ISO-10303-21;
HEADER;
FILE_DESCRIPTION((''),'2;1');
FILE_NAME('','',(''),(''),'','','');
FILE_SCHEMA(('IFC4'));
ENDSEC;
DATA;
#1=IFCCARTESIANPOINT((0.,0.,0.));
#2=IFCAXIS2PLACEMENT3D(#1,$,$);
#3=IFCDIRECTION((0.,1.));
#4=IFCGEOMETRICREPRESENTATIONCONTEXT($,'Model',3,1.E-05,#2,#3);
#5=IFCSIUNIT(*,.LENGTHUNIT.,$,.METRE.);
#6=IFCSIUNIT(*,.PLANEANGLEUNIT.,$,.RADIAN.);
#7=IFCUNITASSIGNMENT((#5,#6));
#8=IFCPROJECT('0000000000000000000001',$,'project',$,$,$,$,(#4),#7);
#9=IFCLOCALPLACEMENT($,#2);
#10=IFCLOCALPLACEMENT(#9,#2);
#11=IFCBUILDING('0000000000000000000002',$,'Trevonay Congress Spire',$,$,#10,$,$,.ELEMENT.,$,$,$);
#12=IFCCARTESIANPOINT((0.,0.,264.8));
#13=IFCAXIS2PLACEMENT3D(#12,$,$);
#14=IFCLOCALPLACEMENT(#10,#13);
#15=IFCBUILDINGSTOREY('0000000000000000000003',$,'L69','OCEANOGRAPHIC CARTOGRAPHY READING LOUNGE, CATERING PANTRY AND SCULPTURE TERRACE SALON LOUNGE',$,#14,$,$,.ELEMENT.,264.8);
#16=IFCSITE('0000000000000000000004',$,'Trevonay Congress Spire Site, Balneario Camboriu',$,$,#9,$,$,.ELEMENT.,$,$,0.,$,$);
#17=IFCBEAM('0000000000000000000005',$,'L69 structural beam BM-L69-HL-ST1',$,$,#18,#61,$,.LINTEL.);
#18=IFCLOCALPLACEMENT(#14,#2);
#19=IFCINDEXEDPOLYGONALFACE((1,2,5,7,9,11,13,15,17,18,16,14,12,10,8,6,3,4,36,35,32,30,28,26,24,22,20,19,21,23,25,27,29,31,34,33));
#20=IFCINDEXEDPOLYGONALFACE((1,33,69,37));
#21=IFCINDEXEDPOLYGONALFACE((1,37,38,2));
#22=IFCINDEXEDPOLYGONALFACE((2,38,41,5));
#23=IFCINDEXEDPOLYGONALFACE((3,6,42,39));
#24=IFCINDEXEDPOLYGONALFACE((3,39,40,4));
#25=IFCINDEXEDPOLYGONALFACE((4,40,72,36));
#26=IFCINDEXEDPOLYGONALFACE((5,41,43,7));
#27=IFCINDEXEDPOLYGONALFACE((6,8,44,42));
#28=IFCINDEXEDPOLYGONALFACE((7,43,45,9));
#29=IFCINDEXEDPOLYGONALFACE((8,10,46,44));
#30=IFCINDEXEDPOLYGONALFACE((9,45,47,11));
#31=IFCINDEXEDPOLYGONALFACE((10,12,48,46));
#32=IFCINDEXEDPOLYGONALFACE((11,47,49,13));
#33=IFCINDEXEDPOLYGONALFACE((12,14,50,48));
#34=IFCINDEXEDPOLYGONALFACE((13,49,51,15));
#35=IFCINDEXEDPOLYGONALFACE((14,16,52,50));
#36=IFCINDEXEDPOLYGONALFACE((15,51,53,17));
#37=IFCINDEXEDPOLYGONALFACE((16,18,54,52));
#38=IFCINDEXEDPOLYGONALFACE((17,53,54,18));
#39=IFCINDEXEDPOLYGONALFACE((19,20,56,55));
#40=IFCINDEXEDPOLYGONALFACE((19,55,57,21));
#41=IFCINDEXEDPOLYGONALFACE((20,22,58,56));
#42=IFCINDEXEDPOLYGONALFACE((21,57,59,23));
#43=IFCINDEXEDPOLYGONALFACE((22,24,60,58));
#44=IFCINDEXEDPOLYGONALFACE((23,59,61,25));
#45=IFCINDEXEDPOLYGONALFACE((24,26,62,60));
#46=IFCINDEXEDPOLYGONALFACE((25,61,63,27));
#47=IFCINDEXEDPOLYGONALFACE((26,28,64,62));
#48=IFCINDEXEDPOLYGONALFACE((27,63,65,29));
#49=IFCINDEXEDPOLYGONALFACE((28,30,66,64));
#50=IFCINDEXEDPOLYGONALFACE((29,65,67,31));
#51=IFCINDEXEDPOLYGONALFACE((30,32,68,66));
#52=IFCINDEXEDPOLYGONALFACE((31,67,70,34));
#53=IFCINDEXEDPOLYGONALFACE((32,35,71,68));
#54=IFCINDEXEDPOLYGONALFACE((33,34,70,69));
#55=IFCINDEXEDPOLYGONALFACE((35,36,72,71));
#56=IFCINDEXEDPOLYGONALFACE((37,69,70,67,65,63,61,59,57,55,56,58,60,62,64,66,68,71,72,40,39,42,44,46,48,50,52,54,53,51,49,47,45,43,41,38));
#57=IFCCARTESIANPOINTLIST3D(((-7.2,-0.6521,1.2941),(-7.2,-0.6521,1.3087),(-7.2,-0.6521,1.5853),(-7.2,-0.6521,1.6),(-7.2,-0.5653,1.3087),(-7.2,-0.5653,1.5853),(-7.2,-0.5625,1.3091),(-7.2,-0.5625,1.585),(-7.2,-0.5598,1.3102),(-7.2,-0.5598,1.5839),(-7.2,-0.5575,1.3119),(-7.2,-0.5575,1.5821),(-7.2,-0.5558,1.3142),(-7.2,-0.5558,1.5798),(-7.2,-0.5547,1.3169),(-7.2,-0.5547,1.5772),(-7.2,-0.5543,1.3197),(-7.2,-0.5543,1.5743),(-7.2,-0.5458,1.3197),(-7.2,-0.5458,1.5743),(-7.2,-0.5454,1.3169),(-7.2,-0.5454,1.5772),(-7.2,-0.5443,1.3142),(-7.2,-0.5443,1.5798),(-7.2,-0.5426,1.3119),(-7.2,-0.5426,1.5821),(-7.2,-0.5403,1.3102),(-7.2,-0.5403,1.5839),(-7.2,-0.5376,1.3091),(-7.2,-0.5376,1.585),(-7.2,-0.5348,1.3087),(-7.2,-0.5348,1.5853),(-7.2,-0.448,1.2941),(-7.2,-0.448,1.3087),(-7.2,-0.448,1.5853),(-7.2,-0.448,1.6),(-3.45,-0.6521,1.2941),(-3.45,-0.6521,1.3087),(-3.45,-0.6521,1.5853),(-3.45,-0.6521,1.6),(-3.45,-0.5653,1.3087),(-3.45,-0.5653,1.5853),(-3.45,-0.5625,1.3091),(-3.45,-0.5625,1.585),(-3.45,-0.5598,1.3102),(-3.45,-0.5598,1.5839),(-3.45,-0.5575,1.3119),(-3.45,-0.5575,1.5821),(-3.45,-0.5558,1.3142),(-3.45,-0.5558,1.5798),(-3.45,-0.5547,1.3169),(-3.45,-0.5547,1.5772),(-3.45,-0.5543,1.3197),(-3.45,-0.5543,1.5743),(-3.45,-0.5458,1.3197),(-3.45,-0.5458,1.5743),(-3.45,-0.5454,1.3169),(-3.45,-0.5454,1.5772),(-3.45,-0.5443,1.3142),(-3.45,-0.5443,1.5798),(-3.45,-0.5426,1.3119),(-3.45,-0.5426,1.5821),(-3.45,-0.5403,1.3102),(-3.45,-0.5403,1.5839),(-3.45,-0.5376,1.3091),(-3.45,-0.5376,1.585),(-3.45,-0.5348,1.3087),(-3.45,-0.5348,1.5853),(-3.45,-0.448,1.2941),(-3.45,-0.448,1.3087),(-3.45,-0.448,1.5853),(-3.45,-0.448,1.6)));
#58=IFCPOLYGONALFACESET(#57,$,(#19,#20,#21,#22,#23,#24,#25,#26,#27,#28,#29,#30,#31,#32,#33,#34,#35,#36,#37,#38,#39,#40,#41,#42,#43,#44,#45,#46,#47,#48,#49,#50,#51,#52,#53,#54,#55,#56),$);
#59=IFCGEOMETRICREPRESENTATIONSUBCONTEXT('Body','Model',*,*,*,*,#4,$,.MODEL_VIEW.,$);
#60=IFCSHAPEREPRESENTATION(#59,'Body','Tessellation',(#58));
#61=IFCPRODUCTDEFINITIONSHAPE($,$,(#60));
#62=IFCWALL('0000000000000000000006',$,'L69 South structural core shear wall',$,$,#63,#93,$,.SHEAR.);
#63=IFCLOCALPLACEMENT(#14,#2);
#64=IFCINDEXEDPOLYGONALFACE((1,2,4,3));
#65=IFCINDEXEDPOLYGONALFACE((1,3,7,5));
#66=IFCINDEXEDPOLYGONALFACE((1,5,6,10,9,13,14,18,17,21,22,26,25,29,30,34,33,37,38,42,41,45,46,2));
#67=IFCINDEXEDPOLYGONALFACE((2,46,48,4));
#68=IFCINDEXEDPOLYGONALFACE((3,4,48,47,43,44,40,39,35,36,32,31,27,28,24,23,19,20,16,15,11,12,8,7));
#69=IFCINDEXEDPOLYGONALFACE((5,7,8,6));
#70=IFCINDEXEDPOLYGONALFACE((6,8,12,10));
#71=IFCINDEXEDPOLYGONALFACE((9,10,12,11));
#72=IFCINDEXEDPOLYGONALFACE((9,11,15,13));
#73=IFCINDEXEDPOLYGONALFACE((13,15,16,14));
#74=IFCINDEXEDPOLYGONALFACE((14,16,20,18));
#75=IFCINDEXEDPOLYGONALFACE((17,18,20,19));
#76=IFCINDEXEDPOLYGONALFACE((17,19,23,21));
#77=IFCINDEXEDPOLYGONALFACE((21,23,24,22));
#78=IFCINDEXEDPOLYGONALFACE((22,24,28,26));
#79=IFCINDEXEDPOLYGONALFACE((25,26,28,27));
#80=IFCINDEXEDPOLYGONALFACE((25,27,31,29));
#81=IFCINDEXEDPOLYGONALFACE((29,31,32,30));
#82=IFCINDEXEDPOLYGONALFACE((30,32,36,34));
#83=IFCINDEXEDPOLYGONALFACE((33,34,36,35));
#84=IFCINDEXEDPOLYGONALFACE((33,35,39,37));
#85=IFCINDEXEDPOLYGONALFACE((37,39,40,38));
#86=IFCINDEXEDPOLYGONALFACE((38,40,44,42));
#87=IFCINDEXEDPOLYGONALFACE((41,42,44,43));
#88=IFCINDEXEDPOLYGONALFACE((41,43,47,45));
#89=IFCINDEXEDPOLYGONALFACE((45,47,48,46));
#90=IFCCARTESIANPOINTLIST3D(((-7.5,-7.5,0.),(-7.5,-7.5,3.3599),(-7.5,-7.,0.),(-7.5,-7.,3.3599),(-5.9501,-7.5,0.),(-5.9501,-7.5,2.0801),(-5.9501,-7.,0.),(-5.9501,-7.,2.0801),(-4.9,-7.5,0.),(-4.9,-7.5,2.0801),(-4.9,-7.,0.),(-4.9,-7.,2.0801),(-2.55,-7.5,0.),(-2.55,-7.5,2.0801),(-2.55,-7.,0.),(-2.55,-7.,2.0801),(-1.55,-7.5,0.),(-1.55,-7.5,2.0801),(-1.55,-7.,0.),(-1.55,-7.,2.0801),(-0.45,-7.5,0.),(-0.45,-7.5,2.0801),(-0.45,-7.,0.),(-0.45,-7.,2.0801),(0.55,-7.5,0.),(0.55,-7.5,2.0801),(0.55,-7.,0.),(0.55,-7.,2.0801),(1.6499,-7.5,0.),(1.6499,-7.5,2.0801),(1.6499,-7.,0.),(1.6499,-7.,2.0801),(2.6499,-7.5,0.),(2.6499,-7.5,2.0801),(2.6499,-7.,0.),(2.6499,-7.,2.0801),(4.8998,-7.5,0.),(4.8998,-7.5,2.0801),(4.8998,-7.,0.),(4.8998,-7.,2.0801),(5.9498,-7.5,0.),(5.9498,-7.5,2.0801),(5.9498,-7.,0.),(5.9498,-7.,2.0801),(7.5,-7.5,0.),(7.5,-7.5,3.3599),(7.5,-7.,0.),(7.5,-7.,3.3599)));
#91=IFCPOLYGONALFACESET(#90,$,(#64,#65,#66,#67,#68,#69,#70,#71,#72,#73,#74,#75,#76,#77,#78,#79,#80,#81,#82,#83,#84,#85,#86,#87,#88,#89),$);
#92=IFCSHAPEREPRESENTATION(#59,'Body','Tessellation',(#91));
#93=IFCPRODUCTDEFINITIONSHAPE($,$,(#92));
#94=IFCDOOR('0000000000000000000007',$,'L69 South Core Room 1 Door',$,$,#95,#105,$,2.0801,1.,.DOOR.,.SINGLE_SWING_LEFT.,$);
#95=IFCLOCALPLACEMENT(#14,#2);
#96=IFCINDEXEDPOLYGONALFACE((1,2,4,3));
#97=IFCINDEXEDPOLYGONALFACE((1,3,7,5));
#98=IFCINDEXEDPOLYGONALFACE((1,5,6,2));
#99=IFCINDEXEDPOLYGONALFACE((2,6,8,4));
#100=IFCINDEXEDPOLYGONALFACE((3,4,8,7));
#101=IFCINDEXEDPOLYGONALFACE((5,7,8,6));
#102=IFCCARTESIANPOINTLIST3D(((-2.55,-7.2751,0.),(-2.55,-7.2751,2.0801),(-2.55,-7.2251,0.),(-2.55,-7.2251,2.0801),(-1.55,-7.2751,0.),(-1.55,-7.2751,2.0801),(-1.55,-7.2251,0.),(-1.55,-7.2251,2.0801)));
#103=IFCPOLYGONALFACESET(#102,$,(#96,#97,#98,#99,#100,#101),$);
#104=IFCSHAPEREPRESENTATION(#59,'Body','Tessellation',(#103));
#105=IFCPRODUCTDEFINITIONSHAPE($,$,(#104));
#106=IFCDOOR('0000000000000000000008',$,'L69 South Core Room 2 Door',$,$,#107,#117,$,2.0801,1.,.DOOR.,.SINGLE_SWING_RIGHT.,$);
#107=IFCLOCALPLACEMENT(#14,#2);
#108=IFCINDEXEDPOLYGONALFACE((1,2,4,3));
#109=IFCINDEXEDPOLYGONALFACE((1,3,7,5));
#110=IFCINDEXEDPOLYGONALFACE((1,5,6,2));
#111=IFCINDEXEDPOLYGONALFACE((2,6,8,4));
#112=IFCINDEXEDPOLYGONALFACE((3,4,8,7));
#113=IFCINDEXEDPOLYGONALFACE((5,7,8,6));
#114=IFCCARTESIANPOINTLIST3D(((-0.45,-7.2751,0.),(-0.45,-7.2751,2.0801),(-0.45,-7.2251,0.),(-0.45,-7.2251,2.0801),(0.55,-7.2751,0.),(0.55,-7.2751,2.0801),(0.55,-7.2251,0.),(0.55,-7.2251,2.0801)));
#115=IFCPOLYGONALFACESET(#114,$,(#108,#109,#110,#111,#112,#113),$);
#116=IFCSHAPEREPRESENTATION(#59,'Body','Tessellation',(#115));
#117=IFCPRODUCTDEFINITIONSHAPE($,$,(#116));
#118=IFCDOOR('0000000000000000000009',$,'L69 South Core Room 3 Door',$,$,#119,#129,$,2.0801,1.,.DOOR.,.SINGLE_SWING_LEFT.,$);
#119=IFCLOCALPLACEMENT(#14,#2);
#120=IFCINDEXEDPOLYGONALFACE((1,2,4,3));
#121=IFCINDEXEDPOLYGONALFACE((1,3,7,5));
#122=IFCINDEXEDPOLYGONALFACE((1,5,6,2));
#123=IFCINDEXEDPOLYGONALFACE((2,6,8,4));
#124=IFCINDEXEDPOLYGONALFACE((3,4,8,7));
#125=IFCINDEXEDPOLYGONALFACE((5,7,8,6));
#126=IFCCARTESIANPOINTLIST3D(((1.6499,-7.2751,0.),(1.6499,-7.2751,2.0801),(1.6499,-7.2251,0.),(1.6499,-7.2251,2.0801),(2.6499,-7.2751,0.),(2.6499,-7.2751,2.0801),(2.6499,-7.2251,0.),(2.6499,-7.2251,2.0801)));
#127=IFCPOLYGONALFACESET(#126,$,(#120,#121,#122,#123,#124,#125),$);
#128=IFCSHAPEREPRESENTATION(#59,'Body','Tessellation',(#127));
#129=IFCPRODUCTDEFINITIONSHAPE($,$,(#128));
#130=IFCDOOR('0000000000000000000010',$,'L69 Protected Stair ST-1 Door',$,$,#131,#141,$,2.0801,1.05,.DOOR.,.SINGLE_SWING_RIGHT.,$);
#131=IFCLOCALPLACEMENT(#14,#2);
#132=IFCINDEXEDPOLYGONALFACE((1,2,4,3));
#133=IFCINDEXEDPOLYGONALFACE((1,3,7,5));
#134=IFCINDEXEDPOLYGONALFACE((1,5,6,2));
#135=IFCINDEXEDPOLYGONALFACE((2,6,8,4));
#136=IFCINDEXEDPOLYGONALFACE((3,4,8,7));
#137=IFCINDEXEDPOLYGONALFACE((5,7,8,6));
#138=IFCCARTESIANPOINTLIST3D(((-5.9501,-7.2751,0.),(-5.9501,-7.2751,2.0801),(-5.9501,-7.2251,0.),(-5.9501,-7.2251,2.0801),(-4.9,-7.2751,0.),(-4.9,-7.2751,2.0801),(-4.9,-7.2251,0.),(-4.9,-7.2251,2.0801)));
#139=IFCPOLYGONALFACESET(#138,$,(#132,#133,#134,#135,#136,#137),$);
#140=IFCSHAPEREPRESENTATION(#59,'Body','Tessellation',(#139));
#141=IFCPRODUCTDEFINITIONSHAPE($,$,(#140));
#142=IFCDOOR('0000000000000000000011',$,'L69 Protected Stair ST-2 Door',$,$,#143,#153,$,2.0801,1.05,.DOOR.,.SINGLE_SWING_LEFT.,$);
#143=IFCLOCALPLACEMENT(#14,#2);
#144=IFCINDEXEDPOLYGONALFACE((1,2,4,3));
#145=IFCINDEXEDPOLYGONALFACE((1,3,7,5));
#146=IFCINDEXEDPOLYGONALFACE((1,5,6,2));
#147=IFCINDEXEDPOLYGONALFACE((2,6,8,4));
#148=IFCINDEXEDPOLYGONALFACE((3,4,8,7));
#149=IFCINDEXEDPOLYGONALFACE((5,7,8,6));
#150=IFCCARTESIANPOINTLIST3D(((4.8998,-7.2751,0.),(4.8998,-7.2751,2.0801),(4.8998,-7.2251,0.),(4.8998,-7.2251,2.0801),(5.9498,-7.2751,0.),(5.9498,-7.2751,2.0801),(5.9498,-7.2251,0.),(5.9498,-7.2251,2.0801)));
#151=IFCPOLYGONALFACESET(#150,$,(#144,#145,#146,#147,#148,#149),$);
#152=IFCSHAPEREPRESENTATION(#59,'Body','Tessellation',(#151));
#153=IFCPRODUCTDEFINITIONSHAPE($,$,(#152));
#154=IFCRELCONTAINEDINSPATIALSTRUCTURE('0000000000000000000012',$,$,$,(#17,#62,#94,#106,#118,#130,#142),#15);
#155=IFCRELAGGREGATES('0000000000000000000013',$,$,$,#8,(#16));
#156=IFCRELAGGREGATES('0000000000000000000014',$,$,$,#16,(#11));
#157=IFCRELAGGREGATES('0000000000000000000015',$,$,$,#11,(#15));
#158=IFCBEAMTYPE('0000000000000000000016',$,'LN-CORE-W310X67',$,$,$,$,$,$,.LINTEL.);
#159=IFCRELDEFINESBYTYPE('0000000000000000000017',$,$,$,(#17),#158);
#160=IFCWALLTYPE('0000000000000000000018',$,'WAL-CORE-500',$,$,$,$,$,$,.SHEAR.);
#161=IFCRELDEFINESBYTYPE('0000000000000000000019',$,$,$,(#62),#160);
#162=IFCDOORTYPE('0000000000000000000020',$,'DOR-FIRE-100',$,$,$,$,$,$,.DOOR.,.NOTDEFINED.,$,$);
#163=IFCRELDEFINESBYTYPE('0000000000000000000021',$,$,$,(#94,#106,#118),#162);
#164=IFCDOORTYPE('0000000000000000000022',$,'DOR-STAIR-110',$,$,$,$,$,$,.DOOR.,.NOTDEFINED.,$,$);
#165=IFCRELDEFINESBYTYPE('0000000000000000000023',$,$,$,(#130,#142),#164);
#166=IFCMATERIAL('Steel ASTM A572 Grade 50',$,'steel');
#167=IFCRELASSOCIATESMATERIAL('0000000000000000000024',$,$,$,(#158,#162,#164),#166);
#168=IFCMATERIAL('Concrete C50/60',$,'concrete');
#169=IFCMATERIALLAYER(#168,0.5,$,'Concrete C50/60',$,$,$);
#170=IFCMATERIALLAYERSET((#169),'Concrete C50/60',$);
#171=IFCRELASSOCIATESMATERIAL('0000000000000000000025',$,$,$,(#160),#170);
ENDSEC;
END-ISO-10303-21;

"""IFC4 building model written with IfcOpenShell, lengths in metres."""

from ifc_helpers import new_model, si_unit, direction, frame, frame_2d, origin, origin_2d, place, context, subcontext, project, spatial, rectangle, i_section, extrude, material, layer, layer_set, material_profile, profile_set, type_object, element, fill, save


model = new_model("IFC4")

# Units and contexts
model_context = context("Model", 3, precision=1e-05, world=origin(), true_north=direction((0.0, 1.0)))
body_context = subcontext(model_context, "Body", "Model", "MODEL_VIEW")
ifc_project = project(units=[si_unit("LENGTHUNIT", "METRE"), si_unit("PLANEANGLEUNIT", "RADIAN")], contexts=[model_context])

# Site, building, storey
site_placement = place(None, origin())
site = spatial("IfcSite", under=ifc_project, at=site_placement, Name="Trevonay Congress Spire Site, Balneario Camboriu", CompositionType="ELEMENT", RefElevation=0.0)
building_placement = place(site_placement, origin())
building = spatial("IfcBuilding", under=site, at=building_placement, Name="Trevonay Congress Spire", CompositionType="ELEMENT")
storey_placement = place(building_placement, frame((0.0, 0.0, 264.8)))
storey = spatial("IfcBuildingStorey", under=building, at=storey_placement, Name="L69", Description="OCEANOGRAPHIC CARTOGRAPHY READING LOUNGE, CATERING PANTRY AND SCULPTURE TERRACE SALON LOUNGE", CompositionType="ELEMENT", Elevation=264.8)

# Shared definitions
ifc_material_1 = material(Name="Steel ASTM A572 Grade 50", Category="steel")

# Beam
ifc_material_profile_1 = material_profile(ifc_material_1, i_section(OverallWidth=0.2041, OverallDepth=0.3059, WebThickness=0.0085, FlangeThickness=0.0146, FilletRadius=0.011, at=origin_2d()), Name="W310x67")
ifc_profile_set_1 = profile_set([ifc_material_profile_1], Name="Steel ASTM A572 Grade 50")
beam_type_1 = type_object("IfcBeamType", Name="LN-CORE-W310X67", PredefinedType="LINTEL", material=ifc_profile_set_1)
beam_1_placement = place(storey_placement, frame((-7.2, -0.55, 1.447), z_axis=(1.0, 0.0, 0.0), x_axis=(0.0, 1.0, 0.0)))
element("IfcBeam", 1, at=beam_1_placement, inside=storey, type_object=beam_type_1, Name="L69 structural beam BM-L69-HL-ST1", PredefinedType="LINTEL", context=body_context, shape_type="SweptSolid", body=[
    extrude(i_section(OverallWidth=0.2041, OverallDepth=0.3059, WebThickness=0.0085, FlangeThickness=0.0146, FilletRadius=0.011, at=origin_2d()), origin(), (0.0, 0.0, 1.0), 3.75),
])

# Wall, openings, doors
ifc_material_2 = material(Name="Concrete C50/60", Category="concrete")
ifc_layer_1 = layer(ifc_material_2, 0.5, Name="Concrete C50/60")
ifc_layer_set_1 = layer_set([ifc_layer_1], Name="Concrete C50/60")
wall_type_1 = type_object("IfcWallType", Name="WAL-CORE-500", PredefinedType="SHEAR", material=ifc_layer_set_1)
wall_1_placement = place(storey_placement, frame((-7.5, -7.25, 0.0), z_axis=(0.0, 0.0, 1.0), x_axis=(1.0, 0.0, 0.0)))
wall_1 = element("IfcWall", 2, at=wall_1_placement, inside=storey, type_object=wall_type_1, Name="L69 South structural core shear wall", PredefinedType="SHEAR", context=body_context, shape_type="SweptSolid", body=[
    extrude(rectangle(XDim=15.0, YDim=0.5, at=frame_2d((7.5, 0.0))), origin(), (0.0, 0.0, 1.0), 3.3599),
])
opening_1_placement = place(wall_1_placement, frame((1.55, 0.0, 0.0)))
opening_1 = element("IfcOpeningElement", 3, at=opening_1_placement, cuts=wall_1, PredefinedType="OPENING", context=body_context, shape_type="SweptSolid", body=[
    extrude(rectangle(XDim=1.05, YDim=2.0801, at=frame_2d((0.5249, 1.04))), frame((0.0, 0.26, 0.0), z_axis=(0.0, -1.0, 0.0), x_axis=(1.0, 0.0, 0.0)), (0.0, 0.0, 1.0), 0.52),
])
opening_2_placement = place(wall_1_placement, frame((12.3999, 0.0, 0.0)))
opening_2 = element("IfcOpeningElement", 4, at=opening_2_placement, cuts=wall_1, PredefinedType="OPENING", context=body_context, shape_type="SweptSolid", body=[
    extrude(rectangle(XDim=1.05, YDim=2.0801, at=frame_2d((0.5249, 1.04))), frame((0.0, 0.26, 0.0), z_axis=(0.0, -1.0, 0.0), x_axis=(1.0, 0.0, 0.0)), (0.0, 0.0, 1.0), 0.52),
])
opening_3_placement = place(wall_1_placement, frame((4.95, 0.0, 0.0)))
opening_3 = element("IfcOpeningElement", 5, at=opening_3_placement, cuts=wall_1, PredefinedType="OPENING", context=body_context, shape_type="SweptSolid", body=[
    extrude(rectangle(XDim=1.0, YDim=2.0801, at=frame_2d((0.5, 1.04))), frame((0.0, 0.26, 0.0), z_axis=(0.0, -1.0, 0.0), x_axis=(1.0, 0.0, 0.0)), (0.0, 0.0, 1.0), 0.52),
])
opening_4_placement = place(wall_1_placement, frame((7.05, 0.0, 0.0)))
opening_4 = element("IfcOpeningElement", 6, at=opening_4_placement, cuts=wall_1, PredefinedType="OPENING", context=body_context, shape_type="SweptSolid", body=[
    extrude(rectangle(XDim=1.0, YDim=2.0801, at=frame_2d((0.5, 1.04))), frame((0.0, 0.26, 0.0), z_axis=(0.0, -1.0, 0.0), x_axis=(1.0, 0.0, 0.0)), (0.0, 0.0, 1.0), 0.52),
])
opening_5_placement = place(wall_1_placement, frame((9.1499, 0.0, 0.0)))
opening_5 = element("IfcOpeningElement", 7, at=opening_5_placement, cuts=wall_1, PredefinedType="OPENING", context=body_context, shape_type="SweptSolid", body=[
    extrude(rectangle(XDim=1.0, YDim=2.0801, at=frame_2d((0.5, 1.04))), frame((0.0, 0.26, 0.0), z_axis=(0.0, -1.0, 0.0), x_axis=(1.0, 0.0, 0.0)), (0.0, 0.0, 1.0), 0.52),
])
door_type_1 = type_object("IfcDoorType", Name="DOR-FIRE-100", OperationType="NOTDEFINED", PredefinedType="DOOR", material=ifc_material_1)
door_1_placement = place(opening_3_placement, origin())
door_1 = element("IfcDoor", 8, at=door_1_placement, inside=storey, type_object=door_type_1, Name="L69 South Core Room 1 Door", OperationType="SINGLE_SWING_LEFT", OverallHeight=2.0801, OverallWidth=1.0, PredefinedType="DOOR", context=body_context, shape_type="SweptSolid", body=[
    extrude(rectangle(XDim=1.0, YDim=2.0801, at=frame_2d((0.5, 1.04))), frame((0.0, 0.0249, 0.0), z_axis=(0.0, -1.0, 0.0), x_axis=(1.0, 0.0, 0.0)), (0.0, 0.0, 1.0), 0.05),
])
fill(opening_3, door_1)
door_2_placement = place(opening_4_placement, origin())
door_2 = element("IfcDoor", 9, at=door_2_placement, inside=storey, type_object=door_type_1, Name="L69 South Core Room 2 Door", OperationType="SINGLE_SWING_RIGHT", OverallHeight=2.0801, OverallWidth=1.0, PredefinedType="DOOR", context=body_context, shape_type="SweptSolid", body=[
    extrude(rectangle(XDim=1.0, YDim=2.0801, at=frame_2d((0.5, 1.04))), frame((0.0, 0.0249, 0.0), z_axis=(0.0, -1.0, 0.0), x_axis=(1.0, 0.0, 0.0)), (0.0, 0.0, 1.0), 0.05),
])
fill(opening_4, door_2)
door_3_placement = place(opening_5_placement, origin())
door_3 = element("IfcDoor", 10, at=door_3_placement, inside=storey, type_object=door_type_1, Name="L69 South Core Room 3 Door", OperationType="SINGLE_SWING_LEFT", OverallHeight=2.0801, OverallWidth=1.0, PredefinedType="DOOR", context=body_context, shape_type="SweptSolid", body=[
    extrude(rectangle(XDim=1.0, YDim=2.0801, at=frame_2d((0.5, 1.04))), frame((0.0, 0.0249, 0.0), z_axis=(0.0, -1.0, 0.0), x_axis=(1.0, 0.0, 0.0)), (0.0, 0.0, 1.0), 0.05),
])
fill(opening_5, door_3)
door_type_2 = type_object("IfcDoorType", Name="DOR-STAIR-110", OperationType="NOTDEFINED", PredefinedType="DOOR", material=ifc_material_1)
door_4_placement = place(opening_1_placement, origin())
door_4 = element("IfcDoor", 11, at=door_4_placement, inside=storey, type_object=door_type_2, Name="L69 Protected Stair ST-1 Door", OperationType="SINGLE_SWING_RIGHT", OverallHeight=2.0801, OverallWidth=1.05, PredefinedType="DOOR", context=body_context, shape_type="SweptSolid", body=[
    extrude(rectangle(XDim=1.05, YDim=2.0801, at=frame_2d((0.5249, 1.04))), frame((0.0, 0.0249, 0.0), z_axis=(0.0, -1.0, 0.0), x_axis=(1.0, 0.0, 0.0)), (0.0, 0.0, 1.0), 0.05),
])
fill(opening_1, door_4)
door_5_placement = place(opening_2_placement, origin())
door_5 = element("IfcDoor", 12, at=door_5_placement, inside=storey, type_object=door_type_2, Name="L69 Protected Stair ST-2 Door", OperationType="SINGLE_SWING_LEFT", OverallHeight=2.0801, OverallWidth=1.05, PredefinedType="DOOR", context=body_context, shape_type="SweptSolid", body=[
    extrude(rectangle(XDim=1.05, YDim=2.0801, at=frame_2d((0.5249, 1.04))), frame((0.0, 0.0249, 0.0), z_axis=(0.0, -1.0, 0.0), x_axis=(1.0, 0.0, 0.0)), (0.0, 0.0, 1.0), 0.05),
])
fill(opening_2, door_5)

save(model, "model.ifc")
